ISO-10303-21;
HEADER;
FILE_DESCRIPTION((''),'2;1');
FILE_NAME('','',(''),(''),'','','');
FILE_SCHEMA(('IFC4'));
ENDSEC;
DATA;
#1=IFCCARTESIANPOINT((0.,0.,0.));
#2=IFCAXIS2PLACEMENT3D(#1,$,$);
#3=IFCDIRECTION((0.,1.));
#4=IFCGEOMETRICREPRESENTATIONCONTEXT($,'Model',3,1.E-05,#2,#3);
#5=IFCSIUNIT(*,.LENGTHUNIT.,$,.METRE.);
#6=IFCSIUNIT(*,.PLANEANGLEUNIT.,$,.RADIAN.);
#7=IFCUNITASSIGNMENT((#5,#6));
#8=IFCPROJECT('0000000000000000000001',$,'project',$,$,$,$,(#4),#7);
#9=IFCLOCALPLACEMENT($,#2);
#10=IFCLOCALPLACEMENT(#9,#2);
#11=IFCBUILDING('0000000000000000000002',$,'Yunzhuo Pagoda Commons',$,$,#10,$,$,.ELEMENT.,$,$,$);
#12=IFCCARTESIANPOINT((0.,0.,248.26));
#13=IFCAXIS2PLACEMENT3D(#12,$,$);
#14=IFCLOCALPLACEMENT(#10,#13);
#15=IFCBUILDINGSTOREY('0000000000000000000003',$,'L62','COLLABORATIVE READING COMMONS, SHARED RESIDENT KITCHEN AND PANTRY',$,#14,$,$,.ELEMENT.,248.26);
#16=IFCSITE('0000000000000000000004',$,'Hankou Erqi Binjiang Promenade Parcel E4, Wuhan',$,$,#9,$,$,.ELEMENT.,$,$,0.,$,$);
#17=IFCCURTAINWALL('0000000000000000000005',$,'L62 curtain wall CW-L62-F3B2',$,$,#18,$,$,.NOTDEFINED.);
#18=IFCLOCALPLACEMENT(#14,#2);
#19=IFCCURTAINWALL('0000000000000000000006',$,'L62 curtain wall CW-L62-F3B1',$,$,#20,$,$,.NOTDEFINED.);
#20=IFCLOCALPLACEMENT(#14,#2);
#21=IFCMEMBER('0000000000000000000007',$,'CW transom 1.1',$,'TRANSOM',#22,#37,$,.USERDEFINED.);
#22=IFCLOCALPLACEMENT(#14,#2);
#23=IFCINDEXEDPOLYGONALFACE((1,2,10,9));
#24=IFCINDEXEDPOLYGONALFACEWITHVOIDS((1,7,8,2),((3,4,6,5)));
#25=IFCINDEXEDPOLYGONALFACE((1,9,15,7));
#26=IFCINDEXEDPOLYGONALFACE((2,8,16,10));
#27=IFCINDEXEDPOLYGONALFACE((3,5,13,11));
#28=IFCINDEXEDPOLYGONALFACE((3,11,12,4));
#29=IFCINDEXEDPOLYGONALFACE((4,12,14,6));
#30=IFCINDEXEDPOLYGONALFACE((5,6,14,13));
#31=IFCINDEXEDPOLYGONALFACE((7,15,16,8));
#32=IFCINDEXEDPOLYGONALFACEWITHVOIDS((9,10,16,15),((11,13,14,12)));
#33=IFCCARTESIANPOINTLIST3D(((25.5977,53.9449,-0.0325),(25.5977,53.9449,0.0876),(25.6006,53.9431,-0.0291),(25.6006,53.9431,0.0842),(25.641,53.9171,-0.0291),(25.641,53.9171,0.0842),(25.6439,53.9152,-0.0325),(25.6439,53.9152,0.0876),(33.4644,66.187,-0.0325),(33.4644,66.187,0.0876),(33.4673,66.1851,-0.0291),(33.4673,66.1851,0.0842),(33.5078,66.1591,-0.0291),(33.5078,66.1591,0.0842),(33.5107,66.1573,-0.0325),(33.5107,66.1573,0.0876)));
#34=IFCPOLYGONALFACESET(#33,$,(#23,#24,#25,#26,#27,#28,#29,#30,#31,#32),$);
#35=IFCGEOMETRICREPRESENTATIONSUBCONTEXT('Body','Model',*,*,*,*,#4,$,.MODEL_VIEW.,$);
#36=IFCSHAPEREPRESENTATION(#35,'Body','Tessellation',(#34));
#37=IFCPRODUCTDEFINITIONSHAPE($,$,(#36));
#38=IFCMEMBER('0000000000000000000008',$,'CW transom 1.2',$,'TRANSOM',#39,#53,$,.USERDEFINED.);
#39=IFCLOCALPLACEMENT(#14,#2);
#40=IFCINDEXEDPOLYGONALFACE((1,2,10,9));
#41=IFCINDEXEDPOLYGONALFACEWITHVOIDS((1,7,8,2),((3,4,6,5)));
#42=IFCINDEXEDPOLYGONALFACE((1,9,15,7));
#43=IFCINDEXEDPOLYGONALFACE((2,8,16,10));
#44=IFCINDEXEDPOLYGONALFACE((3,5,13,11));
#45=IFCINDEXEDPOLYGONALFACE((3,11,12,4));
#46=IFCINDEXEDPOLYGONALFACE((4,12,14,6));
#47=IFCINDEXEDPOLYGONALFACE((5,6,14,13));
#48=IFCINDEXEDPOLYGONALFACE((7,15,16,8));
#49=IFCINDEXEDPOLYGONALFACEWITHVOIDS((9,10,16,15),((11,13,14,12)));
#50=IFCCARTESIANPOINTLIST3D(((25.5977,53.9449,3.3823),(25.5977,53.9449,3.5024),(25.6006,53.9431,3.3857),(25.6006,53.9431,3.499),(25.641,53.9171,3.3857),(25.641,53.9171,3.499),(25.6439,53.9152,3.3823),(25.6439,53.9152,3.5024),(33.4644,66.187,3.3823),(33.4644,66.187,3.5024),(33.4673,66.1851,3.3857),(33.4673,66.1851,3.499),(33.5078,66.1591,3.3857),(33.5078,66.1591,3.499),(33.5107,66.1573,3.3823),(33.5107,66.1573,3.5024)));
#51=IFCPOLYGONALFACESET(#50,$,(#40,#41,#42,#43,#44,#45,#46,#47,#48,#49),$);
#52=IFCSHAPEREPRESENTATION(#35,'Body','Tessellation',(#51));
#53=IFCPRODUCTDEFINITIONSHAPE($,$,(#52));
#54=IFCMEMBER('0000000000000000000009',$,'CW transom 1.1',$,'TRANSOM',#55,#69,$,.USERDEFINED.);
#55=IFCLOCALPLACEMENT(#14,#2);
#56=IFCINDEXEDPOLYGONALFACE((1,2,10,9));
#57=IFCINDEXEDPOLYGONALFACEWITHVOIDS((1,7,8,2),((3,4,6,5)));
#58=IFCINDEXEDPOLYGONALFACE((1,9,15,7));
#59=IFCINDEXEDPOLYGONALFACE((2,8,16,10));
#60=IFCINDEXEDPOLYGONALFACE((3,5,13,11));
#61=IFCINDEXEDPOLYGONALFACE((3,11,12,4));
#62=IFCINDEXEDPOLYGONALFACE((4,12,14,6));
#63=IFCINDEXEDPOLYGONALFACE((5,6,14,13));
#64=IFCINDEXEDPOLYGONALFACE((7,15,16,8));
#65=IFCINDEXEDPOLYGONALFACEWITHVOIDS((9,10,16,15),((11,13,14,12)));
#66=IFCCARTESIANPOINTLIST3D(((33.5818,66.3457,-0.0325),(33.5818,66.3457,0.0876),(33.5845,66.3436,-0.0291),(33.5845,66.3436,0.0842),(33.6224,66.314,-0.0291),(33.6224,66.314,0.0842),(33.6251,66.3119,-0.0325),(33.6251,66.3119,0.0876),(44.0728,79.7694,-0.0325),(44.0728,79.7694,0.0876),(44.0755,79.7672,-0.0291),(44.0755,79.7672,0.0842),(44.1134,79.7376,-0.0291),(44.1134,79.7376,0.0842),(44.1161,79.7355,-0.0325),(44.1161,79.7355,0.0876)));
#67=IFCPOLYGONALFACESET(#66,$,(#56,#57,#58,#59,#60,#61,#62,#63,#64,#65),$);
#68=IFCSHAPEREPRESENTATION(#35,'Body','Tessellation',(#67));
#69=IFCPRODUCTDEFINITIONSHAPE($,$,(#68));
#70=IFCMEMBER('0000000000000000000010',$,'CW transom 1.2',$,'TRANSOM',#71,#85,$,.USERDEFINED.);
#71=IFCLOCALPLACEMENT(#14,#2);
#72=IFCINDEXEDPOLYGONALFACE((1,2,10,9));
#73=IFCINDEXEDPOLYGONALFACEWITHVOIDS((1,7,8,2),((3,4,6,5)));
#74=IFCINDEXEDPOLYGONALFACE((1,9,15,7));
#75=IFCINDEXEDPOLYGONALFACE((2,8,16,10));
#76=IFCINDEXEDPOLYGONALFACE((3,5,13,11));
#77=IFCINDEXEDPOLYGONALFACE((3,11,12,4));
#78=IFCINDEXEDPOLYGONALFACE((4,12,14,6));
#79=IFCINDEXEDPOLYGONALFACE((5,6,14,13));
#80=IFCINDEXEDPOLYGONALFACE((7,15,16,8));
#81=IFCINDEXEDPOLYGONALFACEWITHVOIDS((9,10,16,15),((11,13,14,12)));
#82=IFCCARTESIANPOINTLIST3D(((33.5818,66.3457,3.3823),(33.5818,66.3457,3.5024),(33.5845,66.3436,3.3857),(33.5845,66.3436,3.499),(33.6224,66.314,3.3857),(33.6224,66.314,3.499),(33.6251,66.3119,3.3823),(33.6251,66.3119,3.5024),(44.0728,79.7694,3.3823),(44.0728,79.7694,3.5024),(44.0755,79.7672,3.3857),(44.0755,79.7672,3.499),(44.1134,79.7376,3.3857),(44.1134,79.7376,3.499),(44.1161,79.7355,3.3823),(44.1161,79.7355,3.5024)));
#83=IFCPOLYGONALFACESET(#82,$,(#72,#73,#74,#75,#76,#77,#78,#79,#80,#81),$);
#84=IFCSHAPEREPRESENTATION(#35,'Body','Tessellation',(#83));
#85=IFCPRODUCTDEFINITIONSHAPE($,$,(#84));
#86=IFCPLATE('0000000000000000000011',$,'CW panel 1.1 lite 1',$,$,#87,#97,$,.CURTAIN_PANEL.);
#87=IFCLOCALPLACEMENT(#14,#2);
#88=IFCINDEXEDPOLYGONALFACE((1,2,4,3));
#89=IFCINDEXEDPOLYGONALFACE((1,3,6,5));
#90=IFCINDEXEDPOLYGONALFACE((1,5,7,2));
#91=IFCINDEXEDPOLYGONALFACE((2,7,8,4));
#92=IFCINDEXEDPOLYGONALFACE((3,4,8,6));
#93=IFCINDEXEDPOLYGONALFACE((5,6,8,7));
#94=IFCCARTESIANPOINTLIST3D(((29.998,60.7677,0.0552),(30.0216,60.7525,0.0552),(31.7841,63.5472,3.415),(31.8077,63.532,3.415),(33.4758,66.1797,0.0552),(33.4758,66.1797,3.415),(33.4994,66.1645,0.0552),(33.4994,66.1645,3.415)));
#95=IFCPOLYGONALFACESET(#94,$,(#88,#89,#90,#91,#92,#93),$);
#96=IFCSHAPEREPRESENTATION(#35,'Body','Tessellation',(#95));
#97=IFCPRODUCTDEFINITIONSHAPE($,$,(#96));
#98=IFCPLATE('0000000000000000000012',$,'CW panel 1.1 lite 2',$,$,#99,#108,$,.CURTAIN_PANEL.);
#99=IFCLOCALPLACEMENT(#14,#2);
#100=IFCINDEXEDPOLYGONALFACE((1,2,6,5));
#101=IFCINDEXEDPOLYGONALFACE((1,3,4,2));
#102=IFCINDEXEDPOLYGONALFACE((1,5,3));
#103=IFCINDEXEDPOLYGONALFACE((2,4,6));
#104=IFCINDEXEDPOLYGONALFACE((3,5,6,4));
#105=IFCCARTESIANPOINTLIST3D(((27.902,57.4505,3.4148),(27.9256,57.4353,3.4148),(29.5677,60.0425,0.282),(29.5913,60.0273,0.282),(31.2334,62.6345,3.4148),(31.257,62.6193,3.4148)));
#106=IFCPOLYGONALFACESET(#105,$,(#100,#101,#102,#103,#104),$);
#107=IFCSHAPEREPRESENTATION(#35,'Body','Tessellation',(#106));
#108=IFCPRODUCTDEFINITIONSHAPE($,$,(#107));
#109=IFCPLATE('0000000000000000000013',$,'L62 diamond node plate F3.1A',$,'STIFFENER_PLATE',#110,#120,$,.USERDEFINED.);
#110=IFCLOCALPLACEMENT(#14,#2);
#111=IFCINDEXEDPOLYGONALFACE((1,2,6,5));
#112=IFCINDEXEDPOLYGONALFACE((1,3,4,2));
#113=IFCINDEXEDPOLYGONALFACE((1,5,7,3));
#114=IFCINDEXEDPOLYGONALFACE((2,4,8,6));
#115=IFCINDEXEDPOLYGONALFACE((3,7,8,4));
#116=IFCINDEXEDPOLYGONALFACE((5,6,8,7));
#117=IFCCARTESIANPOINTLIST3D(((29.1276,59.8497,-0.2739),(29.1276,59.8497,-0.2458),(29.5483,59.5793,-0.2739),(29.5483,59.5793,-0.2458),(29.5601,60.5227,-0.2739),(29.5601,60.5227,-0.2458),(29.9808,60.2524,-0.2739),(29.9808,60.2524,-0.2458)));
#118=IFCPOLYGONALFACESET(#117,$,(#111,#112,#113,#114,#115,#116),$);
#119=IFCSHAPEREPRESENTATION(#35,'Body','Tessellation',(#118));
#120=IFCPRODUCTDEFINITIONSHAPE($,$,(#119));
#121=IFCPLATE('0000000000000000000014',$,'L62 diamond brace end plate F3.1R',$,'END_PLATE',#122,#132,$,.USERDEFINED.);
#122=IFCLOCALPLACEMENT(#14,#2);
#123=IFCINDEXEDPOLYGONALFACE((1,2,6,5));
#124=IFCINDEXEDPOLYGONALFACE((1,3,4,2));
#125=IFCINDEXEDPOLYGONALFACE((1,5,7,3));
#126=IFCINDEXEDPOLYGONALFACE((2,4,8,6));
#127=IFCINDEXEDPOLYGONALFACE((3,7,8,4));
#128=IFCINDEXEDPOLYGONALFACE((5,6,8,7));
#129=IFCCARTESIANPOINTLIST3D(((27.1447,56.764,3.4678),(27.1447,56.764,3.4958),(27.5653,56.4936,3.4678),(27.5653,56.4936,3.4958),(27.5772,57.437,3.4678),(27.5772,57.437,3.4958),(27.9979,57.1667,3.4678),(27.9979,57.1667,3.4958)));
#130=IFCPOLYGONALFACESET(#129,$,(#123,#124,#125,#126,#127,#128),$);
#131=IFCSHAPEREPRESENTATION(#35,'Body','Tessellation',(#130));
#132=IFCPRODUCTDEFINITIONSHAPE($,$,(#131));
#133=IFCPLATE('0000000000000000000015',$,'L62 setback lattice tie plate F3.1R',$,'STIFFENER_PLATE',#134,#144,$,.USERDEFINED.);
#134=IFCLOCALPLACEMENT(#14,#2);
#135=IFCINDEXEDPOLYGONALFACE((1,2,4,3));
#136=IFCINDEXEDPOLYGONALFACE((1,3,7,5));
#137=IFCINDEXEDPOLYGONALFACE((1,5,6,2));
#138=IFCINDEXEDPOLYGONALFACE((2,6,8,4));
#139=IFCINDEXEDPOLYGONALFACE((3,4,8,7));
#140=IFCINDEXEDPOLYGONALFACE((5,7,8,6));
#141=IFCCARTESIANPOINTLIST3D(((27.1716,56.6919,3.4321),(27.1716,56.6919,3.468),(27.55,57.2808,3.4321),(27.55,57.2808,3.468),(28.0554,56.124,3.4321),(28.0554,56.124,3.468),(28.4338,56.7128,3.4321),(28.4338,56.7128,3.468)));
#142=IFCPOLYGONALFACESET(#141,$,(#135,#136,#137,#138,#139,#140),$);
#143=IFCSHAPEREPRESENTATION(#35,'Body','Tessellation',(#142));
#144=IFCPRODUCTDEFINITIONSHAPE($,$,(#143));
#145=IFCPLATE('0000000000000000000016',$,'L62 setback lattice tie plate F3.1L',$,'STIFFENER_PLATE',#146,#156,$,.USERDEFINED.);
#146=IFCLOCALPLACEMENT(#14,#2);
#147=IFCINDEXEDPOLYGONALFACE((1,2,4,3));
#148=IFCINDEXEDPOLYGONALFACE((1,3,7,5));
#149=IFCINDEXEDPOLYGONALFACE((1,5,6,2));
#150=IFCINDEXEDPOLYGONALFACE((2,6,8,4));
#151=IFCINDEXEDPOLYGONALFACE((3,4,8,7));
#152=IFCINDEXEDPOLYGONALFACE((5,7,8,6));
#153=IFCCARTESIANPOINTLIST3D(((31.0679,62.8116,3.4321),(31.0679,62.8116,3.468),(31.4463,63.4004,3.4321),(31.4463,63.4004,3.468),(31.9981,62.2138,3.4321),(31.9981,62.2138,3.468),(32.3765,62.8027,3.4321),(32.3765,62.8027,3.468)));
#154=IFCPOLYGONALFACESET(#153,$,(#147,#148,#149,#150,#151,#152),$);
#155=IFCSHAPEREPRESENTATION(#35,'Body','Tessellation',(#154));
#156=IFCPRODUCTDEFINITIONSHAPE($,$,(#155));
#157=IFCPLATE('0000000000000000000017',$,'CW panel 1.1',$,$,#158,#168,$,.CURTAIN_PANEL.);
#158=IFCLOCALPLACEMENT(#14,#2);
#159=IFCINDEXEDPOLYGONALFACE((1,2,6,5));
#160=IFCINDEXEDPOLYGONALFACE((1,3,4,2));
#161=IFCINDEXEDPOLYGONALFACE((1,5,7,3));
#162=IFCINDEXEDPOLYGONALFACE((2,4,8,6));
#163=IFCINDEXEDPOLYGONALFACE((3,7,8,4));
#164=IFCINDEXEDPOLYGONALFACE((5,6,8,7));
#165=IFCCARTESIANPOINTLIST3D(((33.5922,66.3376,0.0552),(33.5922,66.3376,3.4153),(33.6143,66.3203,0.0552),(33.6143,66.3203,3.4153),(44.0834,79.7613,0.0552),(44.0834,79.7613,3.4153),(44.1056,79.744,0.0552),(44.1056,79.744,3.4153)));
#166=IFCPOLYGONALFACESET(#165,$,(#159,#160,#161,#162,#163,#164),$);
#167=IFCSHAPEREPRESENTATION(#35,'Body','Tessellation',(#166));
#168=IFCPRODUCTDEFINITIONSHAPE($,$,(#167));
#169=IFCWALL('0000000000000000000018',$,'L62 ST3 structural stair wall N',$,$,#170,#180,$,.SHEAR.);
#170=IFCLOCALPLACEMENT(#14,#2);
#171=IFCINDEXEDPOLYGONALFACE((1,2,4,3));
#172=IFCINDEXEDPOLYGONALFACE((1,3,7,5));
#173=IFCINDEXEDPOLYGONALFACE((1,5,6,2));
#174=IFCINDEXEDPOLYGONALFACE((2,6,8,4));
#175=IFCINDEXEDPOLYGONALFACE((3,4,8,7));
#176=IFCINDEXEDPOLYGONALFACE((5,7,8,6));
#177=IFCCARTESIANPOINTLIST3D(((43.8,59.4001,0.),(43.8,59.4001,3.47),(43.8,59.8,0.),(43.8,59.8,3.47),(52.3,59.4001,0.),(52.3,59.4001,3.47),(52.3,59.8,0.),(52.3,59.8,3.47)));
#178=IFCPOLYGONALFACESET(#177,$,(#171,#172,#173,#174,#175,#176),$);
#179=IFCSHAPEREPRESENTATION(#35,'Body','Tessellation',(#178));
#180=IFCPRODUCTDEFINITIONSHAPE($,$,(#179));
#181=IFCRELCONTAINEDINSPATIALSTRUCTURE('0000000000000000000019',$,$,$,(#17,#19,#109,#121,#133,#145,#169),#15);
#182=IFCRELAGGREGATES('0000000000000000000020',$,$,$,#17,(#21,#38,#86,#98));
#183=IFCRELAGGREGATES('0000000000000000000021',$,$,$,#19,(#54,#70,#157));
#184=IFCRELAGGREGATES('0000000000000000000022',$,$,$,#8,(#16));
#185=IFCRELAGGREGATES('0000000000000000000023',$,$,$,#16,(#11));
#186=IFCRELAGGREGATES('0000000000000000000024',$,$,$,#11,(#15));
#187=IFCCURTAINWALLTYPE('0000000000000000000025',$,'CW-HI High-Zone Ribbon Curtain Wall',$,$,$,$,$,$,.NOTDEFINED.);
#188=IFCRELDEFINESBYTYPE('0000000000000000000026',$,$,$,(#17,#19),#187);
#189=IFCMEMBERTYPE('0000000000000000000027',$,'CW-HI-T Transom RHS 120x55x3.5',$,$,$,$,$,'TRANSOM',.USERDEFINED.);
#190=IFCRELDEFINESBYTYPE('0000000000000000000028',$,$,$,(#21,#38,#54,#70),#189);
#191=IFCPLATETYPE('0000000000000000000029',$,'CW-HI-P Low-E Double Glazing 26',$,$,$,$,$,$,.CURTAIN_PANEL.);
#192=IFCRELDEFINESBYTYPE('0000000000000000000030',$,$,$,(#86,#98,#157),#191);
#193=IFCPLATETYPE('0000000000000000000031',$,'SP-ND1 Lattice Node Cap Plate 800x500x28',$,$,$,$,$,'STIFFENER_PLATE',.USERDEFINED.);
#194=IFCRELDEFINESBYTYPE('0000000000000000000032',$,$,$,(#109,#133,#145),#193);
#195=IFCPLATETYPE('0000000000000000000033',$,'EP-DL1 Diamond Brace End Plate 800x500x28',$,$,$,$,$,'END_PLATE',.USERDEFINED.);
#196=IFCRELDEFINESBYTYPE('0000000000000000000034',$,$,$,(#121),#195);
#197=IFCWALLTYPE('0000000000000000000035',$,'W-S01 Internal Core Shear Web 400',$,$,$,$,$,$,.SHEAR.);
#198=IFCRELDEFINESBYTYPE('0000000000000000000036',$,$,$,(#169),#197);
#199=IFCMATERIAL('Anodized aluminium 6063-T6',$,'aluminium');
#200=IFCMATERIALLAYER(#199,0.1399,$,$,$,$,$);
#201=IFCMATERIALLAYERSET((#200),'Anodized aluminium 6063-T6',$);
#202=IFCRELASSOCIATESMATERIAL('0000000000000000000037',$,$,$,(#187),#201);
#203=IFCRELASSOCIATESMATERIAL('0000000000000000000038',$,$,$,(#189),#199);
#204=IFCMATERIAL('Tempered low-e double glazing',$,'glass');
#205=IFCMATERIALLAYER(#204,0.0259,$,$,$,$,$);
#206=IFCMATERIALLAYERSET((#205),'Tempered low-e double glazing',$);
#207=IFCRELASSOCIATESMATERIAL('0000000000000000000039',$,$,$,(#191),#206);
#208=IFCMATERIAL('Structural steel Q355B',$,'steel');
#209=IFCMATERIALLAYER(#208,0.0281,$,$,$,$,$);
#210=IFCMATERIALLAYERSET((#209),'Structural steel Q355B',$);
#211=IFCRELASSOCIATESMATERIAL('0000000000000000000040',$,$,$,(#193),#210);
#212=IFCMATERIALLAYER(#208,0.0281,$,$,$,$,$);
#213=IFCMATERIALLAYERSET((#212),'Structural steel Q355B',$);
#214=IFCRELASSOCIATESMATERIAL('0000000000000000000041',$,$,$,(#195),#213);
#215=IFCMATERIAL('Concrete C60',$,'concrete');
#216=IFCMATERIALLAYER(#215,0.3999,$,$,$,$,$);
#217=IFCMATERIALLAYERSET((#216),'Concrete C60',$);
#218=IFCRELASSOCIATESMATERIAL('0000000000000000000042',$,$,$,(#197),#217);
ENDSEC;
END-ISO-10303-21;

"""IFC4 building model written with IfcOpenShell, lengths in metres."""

from ifc_helpers import new_model, si_unit, direction, frame, frame_2d, origin, origin_2d, place, context, subcontext, project, spatial, polyline, rectangle, hollow_rectangle, outline, extrude, source, transform, mapped, material, layer, layer_set, material_profile, profile_set, type_object, element, aggregate, save


model = new_model("IFC4")

# Units and contexts
model_context = context("Model", 3, precision=1e-05, world=origin(), true_north=direction((0.0, 1.0)))
body_context = subcontext(model_context, "Body", "Model", "MODEL_VIEW")
ifc_project = project(units=[si_unit("LENGTHUNIT", "METRE"), si_unit("PLANEANGLEUNIT", "RADIAN")], contexts=[model_context])

# Site, building, storey
site_placement = place(None, origin())
site = spatial("IfcSite", under=ifc_project, at=site_placement, Name="Hankou Erqi Binjiang Promenade Parcel E4, Wuhan", CompositionType="ELEMENT", RefElevation=0.0)
building_placement = place(site_placement, origin())
building = spatial("IfcBuilding", under=site, at=building_placement, Name="Yunzhuo Pagoda Commons", CompositionType="ELEMENT")
storey_placement = place(building_placement, frame((0.0, 0.0, 248.26)))
storey = spatial("IfcBuildingStorey", under=building, at=storey_placement, Name="L62", Description="COLLABORATIVE READING COMMONS, SHARED RESIDENT KITCHEN AND PANTRY", CompositionType="ELEMENT", Elevation=248.26)

# Shared definitions
ifc_material_1 = material(Name="Structural steel Q355B", Category="steel")

# Curtain wall
ifc_material_2 = material(Name="Anodized aluminium 6063-T6", Category="aluminium")
ifc_layer_1 = layer(ifc_material_2, 0.1399)
ifc_layer_set_1 = layer_set([ifc_layer_1], Name="Anodized aluminium 6063-T6")
curtain_wall_type = type_object("IfcCurtainWallType", Name="CW-HI High-Zone Ribbon Curtain Wall", PredefinedType="NOTDEFINED", material=ifc_layer_set_1)
curtain_wall_1_placement = place(storey_placement, origin())
curtain_wall_1 = element("IfcCurtainWall", 1, at=curtain_wall_1_placement, inside=storey, type_object=curtain_wall_type, Name="L62 curtain wall CW-L62-F3B2", PredefinedType="NOTDEFINED")

# Curtain wall
curtain_wall_2_placement = place(storey_placement, origin())
curtain_wall_2 = element("IfcCurtainWall", 2, at=curtain_wall_2_placement, inside=storey, type_object=curtain_wall_type, Name="L62 curtain wall CW-L62-F3B1", PredefinedType="NOTDEFINED")

# Members
ifc_material_profile_1 = material_profile(ifc_material_2, hollow_rectangle(XDim=0.0549, YDim=0.1201, WallThickness=0.0034, at=origin_2d()), Name="Anodized aluminium 6063-T6")
ifc_profile_set_1 = profile_set([ifc_material_profile_1], Name="Anodized aluminium 6063-T6")
member_type_1 = type_object("IfcMemberType", Name="CW-HI-T Transom RHS 120x55x3.5", ElementType="TRANSOM", PredefinedType="USERDEFINED", material=ifc_profile_set_1)
shared_shape_1 = source(origin(), body_context, "Body", "SweptSolid", [
    extrude(hollow_rectangle(XDim=0.0549, YDim=0.1201, WallThickness=0.0034, at=origin_2d()), origin(), (0.0, 0.0, 1.0), 14.5518),
])
member_1_placement = place(storey_placement, frame((33.4875, 66.1721, 0.0276), z_axis=(-0.540606, -0.841276, 0.0), x_axis=(0.841276, -0.540606, 0.0)))
member_1 = element("IfcMember", 3, at=member_1_placement, type_object=member_type_1, Name="CW transom 1.1", ObjectType="TRANSOM", PredefinedType="USERDEFINED", context=body_context, shape_type="MappedRepresentation", body=[
    mapped(shared_shape_1, transform((0.0, 0.0, 0.0), scale=1.0)),
])
member_2_placement = place(storey_placement, frame((33.4875, 66.1721, 3.4424), z_axis=(-0.540606, -0.841276, 0.0), x_axis=(0.841276, -0.540606, 0.0)))
member_2 = element("IfcMember", 4, at=member_2_placement, type_object=member_type_1, Name="CW transom 1.2", ObjectType="TRANSOM", PredefinedType="USERDEFINED", context=body_context, shape_type="MappedRepresentation", body=[
    mapped(shared_shape_1, transform((0.0, 0.0, 0.0), scale=1.0)),
])
shared_shape_2 = source(origin(), body_context, "Body", "SweptSolid", [
    extrude(hollow_rectangle(XDim=0.0549, YDim=0.1201, WallThickness=0.0034, at=origin_2d()), origin(), (0.0, 0.0, 1.0), 17.0369),
])
member_3_placement = place(storey_placement, frame((44.0945, 79.7524, 0.0276), z_axis=(-0.615782, -0.787916, 0.0), x_axis=(0.787916, -0.615782, 0.0)))
member_3 = element("IfcMember", 5, at=member_3_placement, type_object=member_type_1, Name="CW transom 1.1", ObjectType="TRANSOM", PredefinedType="USERDEFINED", context=body_context, shape_type="MappedRepresentation", body=[
    mapped(shared_shape_2, transform((0.0, 0.0, 0.0), scale=1.0)),
])
member_4_placement = place(storey_placement, frame((44.0945, 79.7524, 3.4424), z_axis=(-0.615782, -0.787916, 0.0), x_axis=(0.787916, -0.615782, 0.0)))
member_4 = element("IfcMember", 6, at=member_4_placement, type_object=member_type_1, Name="CW transom 1.2", ObjectType="TRANSOM", PredefinedType="USERDEFINED", context=body_context, shape_type="MappedRepresentation", body=[
    mapped(shared_shape_2, transform((0.0, 0.0, 0.0), scale=1.0)),
])

# Plates
ifc_material_3 = material(Name="Tempered low-e double glazing", Category="glass")
ifc_layer_2 = layer(ifc_material_3, 0.0259)
ifc_layer_set_2 = layer_set([ifc_layer_2], Name="Tempered low-e double glazing")
plate_type_1 = type_object("IfcPlateType", Name="CW-HI-P Low-E Double Glazing 26", PredefinedType="CURTAIN_PANEL", material=ifc_layer_set_2)
plate_1_placement = place(storey_placement, frame((31.7605, 63.4585, 1.7351), z_axis=(-0.841269, 0.540617, 0.0), x_axis=(-0.540617, -0.841269, 0.0)))
plate_1 = element("IfcPlate", 7, at=plate_1_placement, type_object=plate_type_1, Name="CW panel 1.1 lite 1", PredefinedType="CURTAIN_PANEL", context=body_context, shape_type="SweptSolid", body=[
    extrude(outline(polyline([(-3.2166, -1.6799), (3.2166, -1.6799), (-0.0874, 1.6799), (-3.2166, 1.6799), (-3.2166, -1.6799)])), origin(), (0.0, 0.0, 1.0), 0.0281),
])
plate_2_placement = place(storey_placement, frame((29.5913, 60.0273, 1.8484), z_axis=(-0.841269, 0.540617, 0.0), x_axis=(-0.540617, -0.841269, 0.0)))
plate_2 = element("IfcPlate", 8, at=plate_2_placement, type_object=plate_type_1, Name="CW panel 1.1 lite 2", PredefinedType="CURTAIN_PANEL", context=body_context, shape_type="SweptSolid", body=[
    extrude(outline(polyline([(-3.0811, 1.5664), (0.0, -1.5664), (3.0811, 1.5664), (-3.0811, 1.5664)])), origin(), (0.0, 0.0, 1.0), 0.0281),
])
aggregate(curtain_wall_1, [member_1, member_2, plate_1, plate_2])

# Plates
ifc_layer_3 = layer(ifc_material_1, 0.0281)
ifc_layer_set_3 = layer_set([ifc_layer_3], Name="Structural steel Q355B")
plate_type_2 = type_object("IfcPlateType", Name="SP-ND1 Lattice Node Cap Plate 800x500x28", ElementType="STIFFENER_PLATE", PredefinedType="USERDEFINED", material=ifc_layer_set_3)
shared_shape_3 = source(origin(), body_context, "Body", "SweptSolid", [
    extrude(rectangle(XDim=0.8, YDim=0.5, at=origin_2d()), origin(), (0.0, 0.0, 1.0), 0.0281),
])
plate_3_placement = place(storey_placement, frame((29.5542, 60.051, -0.2739), z_axis=(0.0, 0.0, 1.0), x_axis=(-0.540622, -0.841266, 0.0)))
element("IfcPlate", 9, at=plate_3_placement, inside=storey, type_object=plate_type_2, Name="L62 diamond node plate F3.1A", ObjectType="STIFFENER_PLATE", PredefinedType="USERDEFINED", context=body_context, shape_type="MappedRepresentation", body=[
    mapped(shared_shape_3, transform((0.0, 0.0, 0.0), scale=1.0)),
])
ifc_layer_4 = layer(ifc_material_1, 0.0281)
ifc_layer_set_4 = layer_set([ifc_layer_4], Name="Structural steel Q355B")
plate_type_3 = type_object("IfcPlateType", Name="EP-DL1 Diamond Brace End Plate 800x500x28", ElementType="END_PLATE", PredefinedType="USERDEFINED", material=ifc_layer_set_4)
plate_4_placement = place(storey_placement, frame((27.5713, 56.9653, 3.4678), z_axis=(0.0, 0.0, 1.0), x_axis=(-0.540622, -0.841266, 0.0)))
element("IfcPlate", 10, at=plate_4_placement, inside=storey, type_object=plate_type_3, Name="L62 diamond brace end plate F3.1R", ObjectType="END_PLATE", PredefinedType="USERDEFINED", context=body_context, shape_type="MappedRepresentation", body=[
    mapped(shared_shape_3, transform((0.0, 0.0, 0.0), scale=1.0)),
])
shared_shape_4 = source(origin(), body_context, "Body", "SweptSolid", [
    extrude(rectangle(XDim=0.7, YDim=1.0505, at=origin_2d()), origin(), (0.0, 0.0, 1.0), 0.0359),
])
plate_5_placement = place(storey_placement, frame((27.8027, 56.7024, 3.4321), z_axis=(0.0, 0.0, 1.0), x_axis=(-0.540622, -0.841266, 0.0)))
element("IfcPlate", 11, at=plate_5_placement, inside=storey, type_object=plate_type_2, Name="L62 setback lattice tie plate F3.1R", ObjectType="STIFFENER_PLATE", PredefinedType="USERDEFINED", context=body_context, shape_type="MappedRepresentation", body=[
    mapped(shared_shape_4, transform((0.0, 0.0, 0.0), scale=1.0)),
])
shared_shape_5 = source(origin(), body_context, "Body", "SweptSolid", [
    extrude(rectangle(XDim=0.7, YDim=1.1057, at=origin_2d()), origin(), (0.0, 0.0, 1.0), 0.0359),
])
plate_6_placement = place(storey_placement, frame((31.7222, 62.8071, 3.4321), z_axis=(0.0, 0.0, 1.0), x_axis=(-0.540622, -0.841266, 0.0)))
element("IfcPlate", 12, at=plate_6_placement, inside=storey, type_object=plate_type_2, Name="L62 setback lattice tie plate F3.1L", ObjectType="STIFFENER_PLATE", PredefinedType="USERDEFINED", context=body_context, shape_type="MappedRepresentation", body=[
    mapped(shared_shape_5, transform((0.0, 0.0, 0.0), scale=1.0)),
])

# Plate
shared_shape_6 = source(origin(), body_context, "Body", "SweptSolid", [
    extrude(rectangle(XDim=17.0371, YDim=0.0281, at=origin_2d()), origin(), (0.0, 0.0, 1.0), 3.3601),
])
plate_7_placement = place(storey_placement, frame((38.8489, 73.0408, 0.0552), z_axis=(0.0, 0.0, 1.0), x_axis=(-0.615789, -0.787911, 0.0)))
plate_7 = element("IfcPlate", 13, at=plate_7_placement, type_object=plate_type_1, Name="CW panel 1.1", PredefinedType="CURTAIN_PANEL", context=body_context, shape_type="MappedRepresentation", body=[
    mapped(shared_shape_6, transform((0.0, 0.0, 0.0), scale=1.0)),
])
aggregate(curtain_wall_2, [member_3, member_4, plate_7])

# Wall
ifc_material_4 = material(Name="Concrete C60", Category="concrete")
ifc_layer_5 = layer(ifc_material_4, 0.3999)
ifc_layer_set_5 = layer_set([ifc_layer_5], Name="Concrete C60")
wall_type = type_object("IfcWallType", Name="W-S01 Internal Core Shear Web 400", PredefinedType="SHEAR", material=ifc_layer_set_5)
wall_placement = place(storey_placement, frame((43.8, 59.6001, 0.0), z_axis=(0.0, 0.0, 1.0), x_axis=(1.0, 0.0, 0.0)))
element("IfcWall", 14, at=wall_placement, inside=storey, type_object=wall_type, Name="L62 ST3 structural stair wall N", PredefinedType="SHEAR", context=body_context, shape_type="SweptSolid", body=[
    extrude(rectangle(XDim=8.5, YDim=0.3999, at=frame_2d((4.25, 0.0))), origin(), (0.0, 0.0, 1.0), 3.47),
])

save(model, "model.ifc")
